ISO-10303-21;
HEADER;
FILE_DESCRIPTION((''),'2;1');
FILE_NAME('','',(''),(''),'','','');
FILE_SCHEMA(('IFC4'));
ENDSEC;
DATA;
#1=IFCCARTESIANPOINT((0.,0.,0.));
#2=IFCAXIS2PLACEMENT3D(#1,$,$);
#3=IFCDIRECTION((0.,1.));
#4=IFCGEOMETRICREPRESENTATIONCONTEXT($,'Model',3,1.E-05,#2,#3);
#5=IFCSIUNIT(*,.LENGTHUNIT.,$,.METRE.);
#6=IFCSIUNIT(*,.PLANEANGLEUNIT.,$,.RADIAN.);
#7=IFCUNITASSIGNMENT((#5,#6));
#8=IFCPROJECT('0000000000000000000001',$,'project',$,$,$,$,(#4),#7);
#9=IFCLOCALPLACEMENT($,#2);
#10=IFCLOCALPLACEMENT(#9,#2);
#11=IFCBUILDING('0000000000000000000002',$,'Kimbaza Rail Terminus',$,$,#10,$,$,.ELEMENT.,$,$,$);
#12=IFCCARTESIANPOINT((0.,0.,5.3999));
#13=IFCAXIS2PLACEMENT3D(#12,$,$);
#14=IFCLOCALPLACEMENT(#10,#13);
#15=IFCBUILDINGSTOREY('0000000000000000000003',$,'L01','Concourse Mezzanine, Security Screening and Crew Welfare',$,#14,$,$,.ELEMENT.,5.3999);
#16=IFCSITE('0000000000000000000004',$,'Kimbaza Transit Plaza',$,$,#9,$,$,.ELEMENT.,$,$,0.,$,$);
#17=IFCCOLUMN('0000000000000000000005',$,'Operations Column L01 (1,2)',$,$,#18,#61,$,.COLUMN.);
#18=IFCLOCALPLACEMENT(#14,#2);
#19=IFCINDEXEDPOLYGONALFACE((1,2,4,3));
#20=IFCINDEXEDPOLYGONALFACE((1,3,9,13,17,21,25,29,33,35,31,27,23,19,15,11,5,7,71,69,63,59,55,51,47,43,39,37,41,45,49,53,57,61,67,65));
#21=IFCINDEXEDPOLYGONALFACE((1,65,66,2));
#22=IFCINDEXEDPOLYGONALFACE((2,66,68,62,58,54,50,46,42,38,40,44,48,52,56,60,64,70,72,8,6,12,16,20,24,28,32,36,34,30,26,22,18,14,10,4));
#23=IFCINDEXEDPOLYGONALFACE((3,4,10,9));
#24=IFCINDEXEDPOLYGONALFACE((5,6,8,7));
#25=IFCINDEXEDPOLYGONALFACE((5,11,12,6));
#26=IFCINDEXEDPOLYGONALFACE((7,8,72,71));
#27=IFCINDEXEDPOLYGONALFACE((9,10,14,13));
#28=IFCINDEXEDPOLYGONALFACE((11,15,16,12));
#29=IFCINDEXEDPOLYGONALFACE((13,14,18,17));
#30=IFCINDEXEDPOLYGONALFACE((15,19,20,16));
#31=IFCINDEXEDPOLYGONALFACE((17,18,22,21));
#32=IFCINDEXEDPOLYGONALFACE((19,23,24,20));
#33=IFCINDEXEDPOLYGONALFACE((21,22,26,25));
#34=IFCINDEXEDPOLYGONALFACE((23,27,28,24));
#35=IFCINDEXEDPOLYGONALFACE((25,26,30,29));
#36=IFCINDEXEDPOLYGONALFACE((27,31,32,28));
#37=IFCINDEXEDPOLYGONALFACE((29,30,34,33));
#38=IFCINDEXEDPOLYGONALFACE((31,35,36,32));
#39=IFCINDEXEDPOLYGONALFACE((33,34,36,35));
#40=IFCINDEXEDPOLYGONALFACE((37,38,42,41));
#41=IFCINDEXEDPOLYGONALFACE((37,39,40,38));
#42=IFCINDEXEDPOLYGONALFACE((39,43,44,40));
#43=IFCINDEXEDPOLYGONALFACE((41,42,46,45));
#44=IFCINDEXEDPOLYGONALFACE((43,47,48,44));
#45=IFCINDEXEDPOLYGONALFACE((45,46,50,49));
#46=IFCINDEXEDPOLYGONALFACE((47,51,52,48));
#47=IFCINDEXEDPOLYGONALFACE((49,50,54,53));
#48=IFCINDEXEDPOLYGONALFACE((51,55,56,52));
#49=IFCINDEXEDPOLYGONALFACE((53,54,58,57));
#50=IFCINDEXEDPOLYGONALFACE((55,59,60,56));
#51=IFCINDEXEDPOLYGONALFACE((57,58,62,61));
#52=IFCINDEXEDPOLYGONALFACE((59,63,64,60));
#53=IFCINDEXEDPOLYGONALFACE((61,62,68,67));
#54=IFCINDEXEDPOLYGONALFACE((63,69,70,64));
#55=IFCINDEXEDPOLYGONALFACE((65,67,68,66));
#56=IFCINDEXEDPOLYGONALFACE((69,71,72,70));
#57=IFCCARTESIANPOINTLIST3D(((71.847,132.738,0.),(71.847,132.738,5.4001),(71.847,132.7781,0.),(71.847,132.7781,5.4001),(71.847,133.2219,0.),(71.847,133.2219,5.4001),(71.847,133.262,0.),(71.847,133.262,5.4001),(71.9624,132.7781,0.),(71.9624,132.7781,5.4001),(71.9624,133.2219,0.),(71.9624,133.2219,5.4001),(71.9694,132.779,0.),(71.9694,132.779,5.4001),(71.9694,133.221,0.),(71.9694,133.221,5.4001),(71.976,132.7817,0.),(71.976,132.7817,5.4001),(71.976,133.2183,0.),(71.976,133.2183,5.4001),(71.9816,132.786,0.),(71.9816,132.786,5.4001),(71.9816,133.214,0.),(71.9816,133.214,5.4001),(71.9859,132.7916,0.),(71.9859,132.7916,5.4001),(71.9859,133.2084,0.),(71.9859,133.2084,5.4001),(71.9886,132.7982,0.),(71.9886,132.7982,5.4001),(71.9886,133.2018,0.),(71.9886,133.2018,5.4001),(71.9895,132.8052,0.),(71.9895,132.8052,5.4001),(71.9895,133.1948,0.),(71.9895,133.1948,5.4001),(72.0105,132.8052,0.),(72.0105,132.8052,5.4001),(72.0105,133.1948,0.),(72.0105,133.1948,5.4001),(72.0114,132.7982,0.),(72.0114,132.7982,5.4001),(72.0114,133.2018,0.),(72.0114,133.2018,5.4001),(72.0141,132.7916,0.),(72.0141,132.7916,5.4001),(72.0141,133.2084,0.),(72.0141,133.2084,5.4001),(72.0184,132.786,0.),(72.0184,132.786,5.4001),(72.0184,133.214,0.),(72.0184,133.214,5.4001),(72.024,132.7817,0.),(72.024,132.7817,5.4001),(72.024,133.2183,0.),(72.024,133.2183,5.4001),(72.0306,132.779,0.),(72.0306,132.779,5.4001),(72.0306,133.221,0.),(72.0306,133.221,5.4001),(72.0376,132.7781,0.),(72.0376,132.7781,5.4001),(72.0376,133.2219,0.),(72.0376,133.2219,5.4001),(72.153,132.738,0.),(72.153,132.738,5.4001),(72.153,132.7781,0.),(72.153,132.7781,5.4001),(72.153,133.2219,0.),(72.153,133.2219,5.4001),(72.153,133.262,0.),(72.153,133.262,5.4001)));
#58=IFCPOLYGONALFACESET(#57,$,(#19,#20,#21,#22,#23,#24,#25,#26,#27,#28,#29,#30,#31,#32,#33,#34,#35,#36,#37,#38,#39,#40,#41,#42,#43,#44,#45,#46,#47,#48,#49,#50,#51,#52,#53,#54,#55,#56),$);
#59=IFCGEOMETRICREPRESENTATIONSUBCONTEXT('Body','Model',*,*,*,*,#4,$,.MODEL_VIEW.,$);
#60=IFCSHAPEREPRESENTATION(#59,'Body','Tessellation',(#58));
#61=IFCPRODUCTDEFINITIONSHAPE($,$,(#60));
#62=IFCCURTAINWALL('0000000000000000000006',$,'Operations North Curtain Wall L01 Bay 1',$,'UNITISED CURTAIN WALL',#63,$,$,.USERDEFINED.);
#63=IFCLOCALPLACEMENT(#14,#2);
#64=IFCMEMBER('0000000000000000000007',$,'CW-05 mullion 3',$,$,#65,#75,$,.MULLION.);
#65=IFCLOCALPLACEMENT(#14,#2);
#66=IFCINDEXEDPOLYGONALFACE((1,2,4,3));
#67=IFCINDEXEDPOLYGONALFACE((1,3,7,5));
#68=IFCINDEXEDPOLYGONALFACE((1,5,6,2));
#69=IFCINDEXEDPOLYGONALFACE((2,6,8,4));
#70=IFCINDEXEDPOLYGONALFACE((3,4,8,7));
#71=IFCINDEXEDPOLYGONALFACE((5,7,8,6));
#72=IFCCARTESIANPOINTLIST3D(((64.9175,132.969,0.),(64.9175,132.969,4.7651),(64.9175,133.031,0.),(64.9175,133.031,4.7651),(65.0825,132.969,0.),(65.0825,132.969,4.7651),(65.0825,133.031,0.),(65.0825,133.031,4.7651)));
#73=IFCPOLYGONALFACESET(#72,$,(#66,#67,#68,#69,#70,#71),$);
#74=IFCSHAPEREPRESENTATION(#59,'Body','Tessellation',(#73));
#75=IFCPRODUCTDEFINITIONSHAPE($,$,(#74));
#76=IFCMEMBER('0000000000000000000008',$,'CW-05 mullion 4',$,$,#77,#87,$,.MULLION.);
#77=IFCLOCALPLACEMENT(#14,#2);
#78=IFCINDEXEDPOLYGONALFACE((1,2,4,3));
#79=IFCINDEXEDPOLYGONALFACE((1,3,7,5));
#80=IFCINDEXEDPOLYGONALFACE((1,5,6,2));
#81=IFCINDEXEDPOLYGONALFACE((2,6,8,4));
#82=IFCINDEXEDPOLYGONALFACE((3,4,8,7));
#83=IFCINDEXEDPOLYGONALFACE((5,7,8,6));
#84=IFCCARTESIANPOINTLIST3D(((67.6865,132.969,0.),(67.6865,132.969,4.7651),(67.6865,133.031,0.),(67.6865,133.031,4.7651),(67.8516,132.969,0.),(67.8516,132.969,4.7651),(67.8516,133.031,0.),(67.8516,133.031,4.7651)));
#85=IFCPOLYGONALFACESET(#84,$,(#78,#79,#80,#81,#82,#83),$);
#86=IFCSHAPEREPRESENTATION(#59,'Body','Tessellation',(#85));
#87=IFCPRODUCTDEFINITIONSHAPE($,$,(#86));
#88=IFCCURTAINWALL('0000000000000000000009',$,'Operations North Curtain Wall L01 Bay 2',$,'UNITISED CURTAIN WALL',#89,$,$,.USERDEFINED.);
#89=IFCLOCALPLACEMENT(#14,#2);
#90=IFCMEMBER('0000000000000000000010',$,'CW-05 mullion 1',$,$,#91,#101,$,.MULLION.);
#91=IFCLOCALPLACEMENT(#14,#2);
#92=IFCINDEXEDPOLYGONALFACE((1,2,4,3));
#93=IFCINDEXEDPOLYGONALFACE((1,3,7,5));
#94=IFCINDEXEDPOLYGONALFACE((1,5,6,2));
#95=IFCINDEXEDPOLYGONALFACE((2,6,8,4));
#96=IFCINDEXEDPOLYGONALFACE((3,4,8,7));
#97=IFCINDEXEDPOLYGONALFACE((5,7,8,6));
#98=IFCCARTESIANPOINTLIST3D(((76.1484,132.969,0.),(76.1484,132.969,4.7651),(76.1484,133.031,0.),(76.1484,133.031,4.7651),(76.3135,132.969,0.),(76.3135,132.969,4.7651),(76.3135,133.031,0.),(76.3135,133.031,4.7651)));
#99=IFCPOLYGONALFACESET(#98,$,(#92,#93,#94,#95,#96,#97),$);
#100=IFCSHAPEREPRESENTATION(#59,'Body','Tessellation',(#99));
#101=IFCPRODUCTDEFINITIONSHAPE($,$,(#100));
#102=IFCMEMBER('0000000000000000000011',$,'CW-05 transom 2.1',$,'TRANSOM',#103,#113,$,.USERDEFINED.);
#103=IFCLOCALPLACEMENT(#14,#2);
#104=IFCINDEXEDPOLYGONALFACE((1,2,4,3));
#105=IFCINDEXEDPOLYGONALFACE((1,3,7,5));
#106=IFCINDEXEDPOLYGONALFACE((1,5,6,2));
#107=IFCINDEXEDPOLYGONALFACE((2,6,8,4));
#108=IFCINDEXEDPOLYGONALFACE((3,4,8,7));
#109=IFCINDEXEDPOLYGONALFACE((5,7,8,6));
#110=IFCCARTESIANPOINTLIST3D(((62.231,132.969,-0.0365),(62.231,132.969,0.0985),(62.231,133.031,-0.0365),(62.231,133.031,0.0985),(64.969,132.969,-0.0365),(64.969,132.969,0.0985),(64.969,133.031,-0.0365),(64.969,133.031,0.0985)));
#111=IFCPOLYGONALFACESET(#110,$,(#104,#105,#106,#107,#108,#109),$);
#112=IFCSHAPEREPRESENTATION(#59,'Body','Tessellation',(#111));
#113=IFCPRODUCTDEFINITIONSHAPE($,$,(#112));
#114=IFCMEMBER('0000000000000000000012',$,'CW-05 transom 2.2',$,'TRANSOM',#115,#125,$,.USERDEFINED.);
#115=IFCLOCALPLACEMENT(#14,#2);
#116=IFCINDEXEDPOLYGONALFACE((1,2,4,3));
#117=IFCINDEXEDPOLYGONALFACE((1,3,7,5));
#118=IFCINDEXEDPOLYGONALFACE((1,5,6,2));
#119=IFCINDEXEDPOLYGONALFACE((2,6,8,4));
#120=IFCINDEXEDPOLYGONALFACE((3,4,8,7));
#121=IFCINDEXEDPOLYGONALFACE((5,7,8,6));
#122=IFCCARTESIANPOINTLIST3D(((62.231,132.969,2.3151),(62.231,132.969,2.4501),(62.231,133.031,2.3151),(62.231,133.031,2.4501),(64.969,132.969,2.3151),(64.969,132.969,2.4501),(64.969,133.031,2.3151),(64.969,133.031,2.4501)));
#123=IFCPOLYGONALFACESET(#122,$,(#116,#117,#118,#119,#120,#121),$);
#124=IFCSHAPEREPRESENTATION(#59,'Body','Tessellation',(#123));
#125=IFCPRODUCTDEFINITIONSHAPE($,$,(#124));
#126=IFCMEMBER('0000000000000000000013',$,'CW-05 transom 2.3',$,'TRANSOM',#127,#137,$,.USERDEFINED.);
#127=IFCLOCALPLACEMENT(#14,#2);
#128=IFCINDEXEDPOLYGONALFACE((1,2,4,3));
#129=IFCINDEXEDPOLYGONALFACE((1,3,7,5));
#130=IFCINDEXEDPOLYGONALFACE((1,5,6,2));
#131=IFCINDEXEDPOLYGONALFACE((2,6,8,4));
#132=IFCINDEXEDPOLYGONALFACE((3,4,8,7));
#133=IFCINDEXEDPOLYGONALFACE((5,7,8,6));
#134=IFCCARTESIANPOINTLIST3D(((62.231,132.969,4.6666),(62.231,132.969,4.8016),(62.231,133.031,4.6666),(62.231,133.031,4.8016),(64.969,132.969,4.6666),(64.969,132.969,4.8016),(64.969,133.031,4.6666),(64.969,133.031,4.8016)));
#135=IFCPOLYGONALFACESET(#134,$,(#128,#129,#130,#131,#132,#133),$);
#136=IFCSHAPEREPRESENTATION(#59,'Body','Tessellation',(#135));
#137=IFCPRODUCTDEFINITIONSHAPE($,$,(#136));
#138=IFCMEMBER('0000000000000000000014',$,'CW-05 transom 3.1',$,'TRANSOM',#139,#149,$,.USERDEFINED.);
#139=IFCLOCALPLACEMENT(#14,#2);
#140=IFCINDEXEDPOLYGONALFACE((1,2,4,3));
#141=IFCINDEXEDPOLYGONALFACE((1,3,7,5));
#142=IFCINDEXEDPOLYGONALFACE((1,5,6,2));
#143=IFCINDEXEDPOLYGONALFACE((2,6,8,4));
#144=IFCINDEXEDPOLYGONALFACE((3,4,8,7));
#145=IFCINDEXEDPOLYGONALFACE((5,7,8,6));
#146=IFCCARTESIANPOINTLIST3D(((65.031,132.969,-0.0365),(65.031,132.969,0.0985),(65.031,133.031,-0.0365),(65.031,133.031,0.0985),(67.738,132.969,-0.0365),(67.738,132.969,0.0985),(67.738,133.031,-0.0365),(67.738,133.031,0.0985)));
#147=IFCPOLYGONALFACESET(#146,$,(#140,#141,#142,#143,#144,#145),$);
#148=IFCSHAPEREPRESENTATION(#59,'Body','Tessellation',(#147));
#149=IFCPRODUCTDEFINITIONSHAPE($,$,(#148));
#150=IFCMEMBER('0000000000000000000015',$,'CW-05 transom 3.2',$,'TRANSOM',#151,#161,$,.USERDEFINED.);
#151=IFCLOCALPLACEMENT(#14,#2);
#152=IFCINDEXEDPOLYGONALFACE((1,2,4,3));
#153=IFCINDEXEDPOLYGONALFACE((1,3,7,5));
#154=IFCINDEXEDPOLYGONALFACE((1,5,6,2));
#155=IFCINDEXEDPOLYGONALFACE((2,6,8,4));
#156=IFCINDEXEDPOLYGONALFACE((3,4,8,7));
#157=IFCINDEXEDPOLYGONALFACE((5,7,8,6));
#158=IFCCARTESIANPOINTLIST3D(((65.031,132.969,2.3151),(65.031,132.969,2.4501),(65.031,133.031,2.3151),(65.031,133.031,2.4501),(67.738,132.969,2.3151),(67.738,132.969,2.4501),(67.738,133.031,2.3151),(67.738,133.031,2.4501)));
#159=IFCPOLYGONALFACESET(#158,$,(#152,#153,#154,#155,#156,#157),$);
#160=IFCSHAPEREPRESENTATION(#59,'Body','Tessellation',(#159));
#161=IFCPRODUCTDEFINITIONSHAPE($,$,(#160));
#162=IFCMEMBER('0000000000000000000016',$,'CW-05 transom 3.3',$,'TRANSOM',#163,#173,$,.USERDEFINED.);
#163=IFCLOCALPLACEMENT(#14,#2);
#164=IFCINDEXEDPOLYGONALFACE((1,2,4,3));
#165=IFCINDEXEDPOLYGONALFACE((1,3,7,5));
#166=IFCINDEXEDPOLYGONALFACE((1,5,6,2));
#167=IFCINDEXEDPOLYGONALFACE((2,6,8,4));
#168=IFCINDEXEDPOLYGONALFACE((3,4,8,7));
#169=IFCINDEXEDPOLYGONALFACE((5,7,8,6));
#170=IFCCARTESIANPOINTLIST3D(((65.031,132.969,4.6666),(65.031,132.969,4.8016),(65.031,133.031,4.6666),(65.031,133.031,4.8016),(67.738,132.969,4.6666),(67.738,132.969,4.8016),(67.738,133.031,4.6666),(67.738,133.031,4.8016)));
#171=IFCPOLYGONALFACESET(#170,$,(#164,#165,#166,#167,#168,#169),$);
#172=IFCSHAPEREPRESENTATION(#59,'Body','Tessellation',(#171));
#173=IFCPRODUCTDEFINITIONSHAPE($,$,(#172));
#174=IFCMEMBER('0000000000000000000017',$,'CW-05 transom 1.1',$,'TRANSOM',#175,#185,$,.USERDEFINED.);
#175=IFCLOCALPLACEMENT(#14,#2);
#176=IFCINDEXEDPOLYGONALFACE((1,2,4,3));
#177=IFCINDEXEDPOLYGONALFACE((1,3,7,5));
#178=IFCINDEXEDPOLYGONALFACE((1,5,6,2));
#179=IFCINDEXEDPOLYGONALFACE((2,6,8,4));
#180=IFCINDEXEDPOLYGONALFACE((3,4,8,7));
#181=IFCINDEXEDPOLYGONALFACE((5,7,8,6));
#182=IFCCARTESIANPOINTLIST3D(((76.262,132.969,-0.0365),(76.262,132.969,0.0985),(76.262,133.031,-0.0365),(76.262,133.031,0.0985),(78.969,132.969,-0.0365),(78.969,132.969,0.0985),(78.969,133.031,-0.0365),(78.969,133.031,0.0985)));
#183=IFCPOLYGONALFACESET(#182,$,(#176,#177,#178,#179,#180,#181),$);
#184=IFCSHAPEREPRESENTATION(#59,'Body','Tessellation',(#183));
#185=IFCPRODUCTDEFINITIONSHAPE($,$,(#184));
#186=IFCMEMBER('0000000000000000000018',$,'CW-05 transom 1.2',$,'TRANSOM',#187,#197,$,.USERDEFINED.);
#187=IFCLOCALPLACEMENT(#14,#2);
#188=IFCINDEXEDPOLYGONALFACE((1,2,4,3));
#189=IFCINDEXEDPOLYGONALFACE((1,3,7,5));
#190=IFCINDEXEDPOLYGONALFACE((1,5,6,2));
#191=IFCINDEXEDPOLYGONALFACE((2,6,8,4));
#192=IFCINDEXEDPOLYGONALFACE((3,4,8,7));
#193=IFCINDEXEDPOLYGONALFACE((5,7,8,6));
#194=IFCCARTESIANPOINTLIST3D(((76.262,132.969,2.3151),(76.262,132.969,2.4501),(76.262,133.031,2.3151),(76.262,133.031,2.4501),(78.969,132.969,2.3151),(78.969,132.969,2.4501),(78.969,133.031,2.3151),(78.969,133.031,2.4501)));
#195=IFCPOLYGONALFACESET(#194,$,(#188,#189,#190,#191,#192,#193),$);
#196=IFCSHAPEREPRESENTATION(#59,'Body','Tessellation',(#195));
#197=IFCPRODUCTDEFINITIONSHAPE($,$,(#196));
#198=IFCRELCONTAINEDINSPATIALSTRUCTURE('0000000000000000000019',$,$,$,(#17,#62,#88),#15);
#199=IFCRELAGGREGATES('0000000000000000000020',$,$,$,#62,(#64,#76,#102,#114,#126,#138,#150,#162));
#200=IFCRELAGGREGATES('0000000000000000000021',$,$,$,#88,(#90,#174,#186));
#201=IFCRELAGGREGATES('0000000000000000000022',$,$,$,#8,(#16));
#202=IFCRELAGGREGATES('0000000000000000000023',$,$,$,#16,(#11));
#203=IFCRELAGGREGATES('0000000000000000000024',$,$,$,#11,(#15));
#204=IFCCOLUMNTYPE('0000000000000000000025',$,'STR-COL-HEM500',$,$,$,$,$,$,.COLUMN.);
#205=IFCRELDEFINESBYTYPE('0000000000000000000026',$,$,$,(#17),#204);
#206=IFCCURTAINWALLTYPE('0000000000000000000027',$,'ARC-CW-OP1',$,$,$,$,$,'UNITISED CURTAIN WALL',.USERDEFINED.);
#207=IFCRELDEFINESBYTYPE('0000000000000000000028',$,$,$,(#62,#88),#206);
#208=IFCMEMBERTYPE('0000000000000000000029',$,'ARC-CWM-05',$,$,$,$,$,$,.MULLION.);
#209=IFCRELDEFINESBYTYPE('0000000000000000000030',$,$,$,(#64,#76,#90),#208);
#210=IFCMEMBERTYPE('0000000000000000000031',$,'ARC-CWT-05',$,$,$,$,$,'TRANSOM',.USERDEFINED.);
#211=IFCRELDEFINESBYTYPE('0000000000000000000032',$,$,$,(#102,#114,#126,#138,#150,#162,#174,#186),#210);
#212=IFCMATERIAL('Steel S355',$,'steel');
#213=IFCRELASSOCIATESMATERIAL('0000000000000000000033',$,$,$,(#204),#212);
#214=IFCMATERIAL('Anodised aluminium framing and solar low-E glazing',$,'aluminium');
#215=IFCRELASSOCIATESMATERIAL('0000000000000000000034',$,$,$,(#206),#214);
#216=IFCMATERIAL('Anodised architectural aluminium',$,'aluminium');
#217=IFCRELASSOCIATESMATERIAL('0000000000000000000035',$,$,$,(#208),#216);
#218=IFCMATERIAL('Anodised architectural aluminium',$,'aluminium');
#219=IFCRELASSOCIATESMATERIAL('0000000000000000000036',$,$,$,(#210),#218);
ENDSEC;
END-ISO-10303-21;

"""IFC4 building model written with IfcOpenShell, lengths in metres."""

from ifc_helpers import new_model, si_unit, direction, frame, origin, origin_2d, place, context, subcontext, project, spatial, rectangle, i_section, extrude, material, material_profile, profile_set, type_object, element, aggregate, save


model = new_model("IFC4")

# Units and contexts
model_context = context("Model", 3, precision=1e-05, world=origin(), true_north=direction((0.0, 1.0)))
body_context = subcontext(model_context, "Body", "Model", "MODEL_VIEW")
ifc_project = project(units=[si_unit("LENGTHUNIT", "METRE"), si_unit("PLANEANGLEUNIT", "RADIAN")], contexts=[model_context])

# Site, building, storey
site_placement = place(None, origin())
site = spatial("IfcSite", under=ifc_project, at=site_placement, Name="Kimbaza Transit Plaza", CompositionType="ELEMENT", RefElevation=0.0)
building_placement = place(site_placement, origin())
building = spatial("IfcBuilding", under=site, at=building_placement, Name="Kimbaza Rail Terminus", CompositionType="ELEMENT")
storey_placement = place(building_placement, frame((0.0, 0.0, 5.3999)))
storey = spatial("IfcBuildingStorey", under=building, at=storey_placement, Name="L01", Description="Concourse Mezzanine, Security Screening and Crew Welfare", CompositionType="ELEMENT", Elevation=5.3999)

# Column
ifc_material_1 = material(Name="Steel S355", Category="steel")
ifc_material_profile_1 = material_profile(ifc_material_1, i_section(OverallWidth=0.3059, OverallDepth=0.5239, WebThickness=0.021, FlangeThickness=0.04, FilletRadius=0.0271, at=origin_2d()), Name="HEM 500")
ifc_profile_set_1 = profile_set([ifc_material_profile_1], Name="Steel S355")
column_type = type_object("IfcColumnType", Name="STR-COL-HEM500", PredefinedType="COLUMN", material=ifc_profile_set_1)
column_placement = place(storey_placement, frame((72.0, 133.0, 0.0), z_axis=(0.0, 0.0, 1.0), x_axis=(1.0, 0.0, 0.0)))
element("IfcColumn", 1, at=column_placement, inside=storey, type_object=column_type, Name="Operations Column L01 (1,2)", PredefinedType="COLUMN", context=body_context, shape_type="SweptSolid", body=[
    extrude(i_section(OverallWidth=0.3059, OverallDepth=0.5239, WebThickness=0.021, FlangeThickness=0.04, FilletRadius=0.0271, at=origin_2d()), origin(), (0.0, 0.0, 1.0), 5.4001),
])

# Curtain wall, members
ifc_material_2 = material(Name="Anodised aluminium framing and solar low-E glazing", Category="aluminium")
curtain_wall_type = type_object("IfcCurtainWallType", Name="ARC-CW-OP1", ElementType="UNITISED CURTAIN WALL", PredefinedType="USERDEFINED", material=ifc_material_2)
curtain_wall_1_placement = place(storey_placement, origin())
curtain_wall_1 = element("IfcCurtainWall", 2, at=curtain_wall_1_placement, inside=storey, type_object=curtain_wall_type, Name="Operations North Curtain Wall L01 Bay 1", ObjectType="UNITISED CURTAIN WALL", PredefinedType="USERDEFINED")
ifc_material_3 = material(Name="Anodised architectural aluminium", Category="aluminium")
ifc_material_profile_2 = material_profile(ifc_material_3, rectangle(XDim=0.062, YDim=0.165, at=origin_2d()), Name="MULLION 62x165")
ifc_profile_set_2 = profile_set([ifc_material_profile_2], Name="Anodised architectural aluminium")
member_type_1 = type_object("IfcMemberType", Name="ARC-CWM-05", PredefinedType="MULLION", material=ifc_profile_set_2)
member_1_placement = place(storey_placement, frame((65.0, 133.0, 0.0), z_axis=(0.0, 0.0, 1.0), x_axis=(0.0, 1.0, 0.0)))
member_1 = element("IfcMember", 3, at=member_1_placement, type_object=member_type_1, Name="CW-05 mullion 3", PredefinedType="MULLION", context=body_context, shape_type="SweptSolid", body=[
    extrude(rectangle(XDim=0.062, YDim=0.165, at=origin_2d()), origin(), (0.0, 0.0, 1.0), 4.7651),
])
member_2_placement = place(storey_placement, frame((67.769, 133.0, 0.0), z_axis=(0.0, 0.0, 1.0), x_axis=(0.0, 1.0, 0.0)))
member_2 = element("IfcMember", 4, at=member_2_placement, type_object=member_type_1, Name="CW-05 mullion 4", PredefinedType="MULLION", context=body_context, shape_type="SweptSolid", body=[
    extrude(rectangle(XDim=0.062, YDim=0.165, at=origin_2d()), origin(), (0.0, 0.0, 1.0), 4.7651),
])

# Curtain wall, member
curtain_wall_2_placement = place(storey_placement, origin())
curtain_wall_2 = element("IfcCurtainWall", 5, at=curtain_wall_2_placement, inside=storey, type_object=curtain_wall_type, Name="Operations North Curtain Wall L01 Bay 2", ObjectType="UNITISED CURTAIN WALL", PredefinedType="USERDEFINED")
member_3_placement = place(storey_placement, frame((76.231, 133.0, 0.0), z_axis=(0.0, 0.0, 1.0), x_axis=(0.0, 1.0, 0.0)))
member_3 = element("IfcMember", 6, at=member_3_placement, type_object=member_type_1, Name="CW-05 mullion 1", PredefinedType="MULLION", context=body_context, shape_type="SweptSolid", body=[
    extrude(rectangle(XDim=0.062, YDim=0.165, at=origin_2d()), origin(), (0.0, 0.0, 1.0), 4.7651),
])

# Members
ifc_material_4 = material(Name="Anodised architectural aluminium", Category="aluminium")
ifc_material_profile_3 = material_profile(ifc_material_4, rectangle(XDim=0.062, YDim=0.135, at=origin_2d()), Name="TRANSOM 62x135")
ifc_profile_set_3 = profile_set([ifc_material_profile_3], Name="Anodised architectural aluminium")
member_type_2 = type_object("IfcMemberType", Name="ARC-CWT-05", ElementType="TRANSOM", PredefinedType="USERDEFINED", material=ifc_profile_set_3)
member_4_placement = place(storey_placement, frame((62.231, 133.0, 0.031), z_axis=(1.0, 0.0, 0.0), x_axis=(0.0, 1.0, 0.0)))
member_4 = element("IfcMember", 7, at=member_4_placement, type_object=member_type_2, Name="CW-05 transom 2.1", ObjectType="TRANSOM", PredefinedType="USERDEFINED", context=body_context, shape_type="SweptSolid", body=[
    extrude(rectangle(XDim=0.062, YDim=0.135, at=origin_2d()), origin(), (0.0, 0.0, 1.0), 2.738),
])
member_5_placement = place(storey_placement, frame((62.231, 133.0, 2.3826), z_axis=(1.0, 0.0, 0.0), x_axis=(0.0, 1.0, 0.0)))
member_5 = element("IfcMember", 8, at=member_5_placement, type_object=member_type_2, Name="CW-05 transom 2.2", ObjectType="TRANSOM", PredefinedType="USERDEFINED", context=body_context, shape_type="SweptSolid", body=[
    extrude(rectangle(XDim=0.062, YDim=0.135, at=origin_2d()), origin(), (0.0, 0.0, 1.0), 2.738),
])
member_6_placement = place(storey_placement, frame((62.231, 133.0, 4.7341), z_axis=(1.0, 0.0, 0.0), x_axis=(0.0, 1.0, 0.0)))
member_6 = element("IfcMember", 9, at=member_6_placement, type_object=member_type_2, Name="CW-05 transom 2.3", ObjectType="TRANSOM", PredefinedType="USERDEFINED", context=body_context, shape_type="SweptSolid", body=[
    extrude(rectangle(XDim=0.062, YDim=0.135, at=origin_2d()), origin(), (0.0, 0.0, 1.0), 2.738),
])
member_7_placement = place(storey_placement, frame((65.031, 133.0, 0.031), z_axis=(1.0, 0.0, 0.0), x_axis=(0.0, 1.0, 0.0)))
member_7 = element("IfcMember", 10, at=member_7_placement, type_object=member_type_2, Name="CW-05 transom 3.1", ObjectType="TRANSOM", PredefinedType="USERDEFINED", context=body_context, shape_type="SweptSolid", body=[
    extrude(rectangle(XDim=0.062, YDim=0.135, at=origin_2d()), origin(), (0.0, 0.0, 1.0), 2.707),
])
member_8_placement = place(storey_placement, frame((65.031, 133.0, 2.3826), z_axis=(1.0, 0.0, 0.0), x_axis=(0.0, 1.0, 0.0)))
member_8 = element("IfcMember", 11, at=member_8_placement, type_object=member_type_2, Name="CW-05 transom 3.2", ObjectType="TRANSOM", PredefinedType="USERDEFINED", context=body_context, shape_type="SweptSolid", body=[
    extrude(rectangle(XDim=0.062, YDim=0.135, at=origin_2d()), origin(), (0.0, 0.0, 1.0), 2.707),
])
member_9_placement = place(storey_placement, frame((65.031, 133.0, 4.7341), z_axis=(1.0, 0.0, 0.0), x_axis=(0.0, 1.0, 0.0)))
member_9 = element("IfcMember", 12, at=member_9_placement, type_object=member_type_2, Name="CW-05 transom 3.3", ObjectType="TRANSOM", PredefinedType="USERDEFINED", context=body_context, shape_type="SweptSolid", body=[
    extrude(rectangle(XDim=0.062, YDim=0.135, at=origin_2d()), origin(), (0.0, 0.0, 1.0), 2.707),
])
member_10_placement = place(storey_placement, frame((76.262, 133.0, 0.031), z_axis=(1.0, 0.0, 0.0), x_axis=(0.0, 1.0, 0.0)))
member_10 = element("IfcMember", 13, at=member_10_placement, type_object=member_type_2, Name="CW-05 transom 1.1", ObjectType="TRANSOM", PredefinedType="USERDEFINED", context=body_context, shape_type="SweptSolid", body=[
    extrude(rectangle(XDim=0.062, YDim=0.135, at=origin_2d()), origin(), (0.0, 0.0, 1.0), 2.707),
])
member_11_placement = place(storey_placement, frame((76.262, 133.0, 2.3826), z_axis=(1.0, 0.0, 0.0), x_axis=(0.0, 1.0, 0.0)))
member_11 = element("IfcMember", 14, at=member_11_placement, type_object=member_type_2, Name="CW-05 transom 1.2", ObjectType="TRANSOM", PredefinedType="USERDEFINED", context=body_context, shape_type="SweptSolid", body=[
    extrude(rectangle(XDim=0.062, YDim=0.135, at=origin_2d()), origin(), (0.0, 0.0, 1.0), 2.707),
])

aggregate(curtain_wall_1, [member_1, member_2, member_4, member_5, member_6, member_7, member_8, member_9])
aggregate(curtain_wall_2, [member_3, member_10, member_11])

save(model, "model.ifc")
